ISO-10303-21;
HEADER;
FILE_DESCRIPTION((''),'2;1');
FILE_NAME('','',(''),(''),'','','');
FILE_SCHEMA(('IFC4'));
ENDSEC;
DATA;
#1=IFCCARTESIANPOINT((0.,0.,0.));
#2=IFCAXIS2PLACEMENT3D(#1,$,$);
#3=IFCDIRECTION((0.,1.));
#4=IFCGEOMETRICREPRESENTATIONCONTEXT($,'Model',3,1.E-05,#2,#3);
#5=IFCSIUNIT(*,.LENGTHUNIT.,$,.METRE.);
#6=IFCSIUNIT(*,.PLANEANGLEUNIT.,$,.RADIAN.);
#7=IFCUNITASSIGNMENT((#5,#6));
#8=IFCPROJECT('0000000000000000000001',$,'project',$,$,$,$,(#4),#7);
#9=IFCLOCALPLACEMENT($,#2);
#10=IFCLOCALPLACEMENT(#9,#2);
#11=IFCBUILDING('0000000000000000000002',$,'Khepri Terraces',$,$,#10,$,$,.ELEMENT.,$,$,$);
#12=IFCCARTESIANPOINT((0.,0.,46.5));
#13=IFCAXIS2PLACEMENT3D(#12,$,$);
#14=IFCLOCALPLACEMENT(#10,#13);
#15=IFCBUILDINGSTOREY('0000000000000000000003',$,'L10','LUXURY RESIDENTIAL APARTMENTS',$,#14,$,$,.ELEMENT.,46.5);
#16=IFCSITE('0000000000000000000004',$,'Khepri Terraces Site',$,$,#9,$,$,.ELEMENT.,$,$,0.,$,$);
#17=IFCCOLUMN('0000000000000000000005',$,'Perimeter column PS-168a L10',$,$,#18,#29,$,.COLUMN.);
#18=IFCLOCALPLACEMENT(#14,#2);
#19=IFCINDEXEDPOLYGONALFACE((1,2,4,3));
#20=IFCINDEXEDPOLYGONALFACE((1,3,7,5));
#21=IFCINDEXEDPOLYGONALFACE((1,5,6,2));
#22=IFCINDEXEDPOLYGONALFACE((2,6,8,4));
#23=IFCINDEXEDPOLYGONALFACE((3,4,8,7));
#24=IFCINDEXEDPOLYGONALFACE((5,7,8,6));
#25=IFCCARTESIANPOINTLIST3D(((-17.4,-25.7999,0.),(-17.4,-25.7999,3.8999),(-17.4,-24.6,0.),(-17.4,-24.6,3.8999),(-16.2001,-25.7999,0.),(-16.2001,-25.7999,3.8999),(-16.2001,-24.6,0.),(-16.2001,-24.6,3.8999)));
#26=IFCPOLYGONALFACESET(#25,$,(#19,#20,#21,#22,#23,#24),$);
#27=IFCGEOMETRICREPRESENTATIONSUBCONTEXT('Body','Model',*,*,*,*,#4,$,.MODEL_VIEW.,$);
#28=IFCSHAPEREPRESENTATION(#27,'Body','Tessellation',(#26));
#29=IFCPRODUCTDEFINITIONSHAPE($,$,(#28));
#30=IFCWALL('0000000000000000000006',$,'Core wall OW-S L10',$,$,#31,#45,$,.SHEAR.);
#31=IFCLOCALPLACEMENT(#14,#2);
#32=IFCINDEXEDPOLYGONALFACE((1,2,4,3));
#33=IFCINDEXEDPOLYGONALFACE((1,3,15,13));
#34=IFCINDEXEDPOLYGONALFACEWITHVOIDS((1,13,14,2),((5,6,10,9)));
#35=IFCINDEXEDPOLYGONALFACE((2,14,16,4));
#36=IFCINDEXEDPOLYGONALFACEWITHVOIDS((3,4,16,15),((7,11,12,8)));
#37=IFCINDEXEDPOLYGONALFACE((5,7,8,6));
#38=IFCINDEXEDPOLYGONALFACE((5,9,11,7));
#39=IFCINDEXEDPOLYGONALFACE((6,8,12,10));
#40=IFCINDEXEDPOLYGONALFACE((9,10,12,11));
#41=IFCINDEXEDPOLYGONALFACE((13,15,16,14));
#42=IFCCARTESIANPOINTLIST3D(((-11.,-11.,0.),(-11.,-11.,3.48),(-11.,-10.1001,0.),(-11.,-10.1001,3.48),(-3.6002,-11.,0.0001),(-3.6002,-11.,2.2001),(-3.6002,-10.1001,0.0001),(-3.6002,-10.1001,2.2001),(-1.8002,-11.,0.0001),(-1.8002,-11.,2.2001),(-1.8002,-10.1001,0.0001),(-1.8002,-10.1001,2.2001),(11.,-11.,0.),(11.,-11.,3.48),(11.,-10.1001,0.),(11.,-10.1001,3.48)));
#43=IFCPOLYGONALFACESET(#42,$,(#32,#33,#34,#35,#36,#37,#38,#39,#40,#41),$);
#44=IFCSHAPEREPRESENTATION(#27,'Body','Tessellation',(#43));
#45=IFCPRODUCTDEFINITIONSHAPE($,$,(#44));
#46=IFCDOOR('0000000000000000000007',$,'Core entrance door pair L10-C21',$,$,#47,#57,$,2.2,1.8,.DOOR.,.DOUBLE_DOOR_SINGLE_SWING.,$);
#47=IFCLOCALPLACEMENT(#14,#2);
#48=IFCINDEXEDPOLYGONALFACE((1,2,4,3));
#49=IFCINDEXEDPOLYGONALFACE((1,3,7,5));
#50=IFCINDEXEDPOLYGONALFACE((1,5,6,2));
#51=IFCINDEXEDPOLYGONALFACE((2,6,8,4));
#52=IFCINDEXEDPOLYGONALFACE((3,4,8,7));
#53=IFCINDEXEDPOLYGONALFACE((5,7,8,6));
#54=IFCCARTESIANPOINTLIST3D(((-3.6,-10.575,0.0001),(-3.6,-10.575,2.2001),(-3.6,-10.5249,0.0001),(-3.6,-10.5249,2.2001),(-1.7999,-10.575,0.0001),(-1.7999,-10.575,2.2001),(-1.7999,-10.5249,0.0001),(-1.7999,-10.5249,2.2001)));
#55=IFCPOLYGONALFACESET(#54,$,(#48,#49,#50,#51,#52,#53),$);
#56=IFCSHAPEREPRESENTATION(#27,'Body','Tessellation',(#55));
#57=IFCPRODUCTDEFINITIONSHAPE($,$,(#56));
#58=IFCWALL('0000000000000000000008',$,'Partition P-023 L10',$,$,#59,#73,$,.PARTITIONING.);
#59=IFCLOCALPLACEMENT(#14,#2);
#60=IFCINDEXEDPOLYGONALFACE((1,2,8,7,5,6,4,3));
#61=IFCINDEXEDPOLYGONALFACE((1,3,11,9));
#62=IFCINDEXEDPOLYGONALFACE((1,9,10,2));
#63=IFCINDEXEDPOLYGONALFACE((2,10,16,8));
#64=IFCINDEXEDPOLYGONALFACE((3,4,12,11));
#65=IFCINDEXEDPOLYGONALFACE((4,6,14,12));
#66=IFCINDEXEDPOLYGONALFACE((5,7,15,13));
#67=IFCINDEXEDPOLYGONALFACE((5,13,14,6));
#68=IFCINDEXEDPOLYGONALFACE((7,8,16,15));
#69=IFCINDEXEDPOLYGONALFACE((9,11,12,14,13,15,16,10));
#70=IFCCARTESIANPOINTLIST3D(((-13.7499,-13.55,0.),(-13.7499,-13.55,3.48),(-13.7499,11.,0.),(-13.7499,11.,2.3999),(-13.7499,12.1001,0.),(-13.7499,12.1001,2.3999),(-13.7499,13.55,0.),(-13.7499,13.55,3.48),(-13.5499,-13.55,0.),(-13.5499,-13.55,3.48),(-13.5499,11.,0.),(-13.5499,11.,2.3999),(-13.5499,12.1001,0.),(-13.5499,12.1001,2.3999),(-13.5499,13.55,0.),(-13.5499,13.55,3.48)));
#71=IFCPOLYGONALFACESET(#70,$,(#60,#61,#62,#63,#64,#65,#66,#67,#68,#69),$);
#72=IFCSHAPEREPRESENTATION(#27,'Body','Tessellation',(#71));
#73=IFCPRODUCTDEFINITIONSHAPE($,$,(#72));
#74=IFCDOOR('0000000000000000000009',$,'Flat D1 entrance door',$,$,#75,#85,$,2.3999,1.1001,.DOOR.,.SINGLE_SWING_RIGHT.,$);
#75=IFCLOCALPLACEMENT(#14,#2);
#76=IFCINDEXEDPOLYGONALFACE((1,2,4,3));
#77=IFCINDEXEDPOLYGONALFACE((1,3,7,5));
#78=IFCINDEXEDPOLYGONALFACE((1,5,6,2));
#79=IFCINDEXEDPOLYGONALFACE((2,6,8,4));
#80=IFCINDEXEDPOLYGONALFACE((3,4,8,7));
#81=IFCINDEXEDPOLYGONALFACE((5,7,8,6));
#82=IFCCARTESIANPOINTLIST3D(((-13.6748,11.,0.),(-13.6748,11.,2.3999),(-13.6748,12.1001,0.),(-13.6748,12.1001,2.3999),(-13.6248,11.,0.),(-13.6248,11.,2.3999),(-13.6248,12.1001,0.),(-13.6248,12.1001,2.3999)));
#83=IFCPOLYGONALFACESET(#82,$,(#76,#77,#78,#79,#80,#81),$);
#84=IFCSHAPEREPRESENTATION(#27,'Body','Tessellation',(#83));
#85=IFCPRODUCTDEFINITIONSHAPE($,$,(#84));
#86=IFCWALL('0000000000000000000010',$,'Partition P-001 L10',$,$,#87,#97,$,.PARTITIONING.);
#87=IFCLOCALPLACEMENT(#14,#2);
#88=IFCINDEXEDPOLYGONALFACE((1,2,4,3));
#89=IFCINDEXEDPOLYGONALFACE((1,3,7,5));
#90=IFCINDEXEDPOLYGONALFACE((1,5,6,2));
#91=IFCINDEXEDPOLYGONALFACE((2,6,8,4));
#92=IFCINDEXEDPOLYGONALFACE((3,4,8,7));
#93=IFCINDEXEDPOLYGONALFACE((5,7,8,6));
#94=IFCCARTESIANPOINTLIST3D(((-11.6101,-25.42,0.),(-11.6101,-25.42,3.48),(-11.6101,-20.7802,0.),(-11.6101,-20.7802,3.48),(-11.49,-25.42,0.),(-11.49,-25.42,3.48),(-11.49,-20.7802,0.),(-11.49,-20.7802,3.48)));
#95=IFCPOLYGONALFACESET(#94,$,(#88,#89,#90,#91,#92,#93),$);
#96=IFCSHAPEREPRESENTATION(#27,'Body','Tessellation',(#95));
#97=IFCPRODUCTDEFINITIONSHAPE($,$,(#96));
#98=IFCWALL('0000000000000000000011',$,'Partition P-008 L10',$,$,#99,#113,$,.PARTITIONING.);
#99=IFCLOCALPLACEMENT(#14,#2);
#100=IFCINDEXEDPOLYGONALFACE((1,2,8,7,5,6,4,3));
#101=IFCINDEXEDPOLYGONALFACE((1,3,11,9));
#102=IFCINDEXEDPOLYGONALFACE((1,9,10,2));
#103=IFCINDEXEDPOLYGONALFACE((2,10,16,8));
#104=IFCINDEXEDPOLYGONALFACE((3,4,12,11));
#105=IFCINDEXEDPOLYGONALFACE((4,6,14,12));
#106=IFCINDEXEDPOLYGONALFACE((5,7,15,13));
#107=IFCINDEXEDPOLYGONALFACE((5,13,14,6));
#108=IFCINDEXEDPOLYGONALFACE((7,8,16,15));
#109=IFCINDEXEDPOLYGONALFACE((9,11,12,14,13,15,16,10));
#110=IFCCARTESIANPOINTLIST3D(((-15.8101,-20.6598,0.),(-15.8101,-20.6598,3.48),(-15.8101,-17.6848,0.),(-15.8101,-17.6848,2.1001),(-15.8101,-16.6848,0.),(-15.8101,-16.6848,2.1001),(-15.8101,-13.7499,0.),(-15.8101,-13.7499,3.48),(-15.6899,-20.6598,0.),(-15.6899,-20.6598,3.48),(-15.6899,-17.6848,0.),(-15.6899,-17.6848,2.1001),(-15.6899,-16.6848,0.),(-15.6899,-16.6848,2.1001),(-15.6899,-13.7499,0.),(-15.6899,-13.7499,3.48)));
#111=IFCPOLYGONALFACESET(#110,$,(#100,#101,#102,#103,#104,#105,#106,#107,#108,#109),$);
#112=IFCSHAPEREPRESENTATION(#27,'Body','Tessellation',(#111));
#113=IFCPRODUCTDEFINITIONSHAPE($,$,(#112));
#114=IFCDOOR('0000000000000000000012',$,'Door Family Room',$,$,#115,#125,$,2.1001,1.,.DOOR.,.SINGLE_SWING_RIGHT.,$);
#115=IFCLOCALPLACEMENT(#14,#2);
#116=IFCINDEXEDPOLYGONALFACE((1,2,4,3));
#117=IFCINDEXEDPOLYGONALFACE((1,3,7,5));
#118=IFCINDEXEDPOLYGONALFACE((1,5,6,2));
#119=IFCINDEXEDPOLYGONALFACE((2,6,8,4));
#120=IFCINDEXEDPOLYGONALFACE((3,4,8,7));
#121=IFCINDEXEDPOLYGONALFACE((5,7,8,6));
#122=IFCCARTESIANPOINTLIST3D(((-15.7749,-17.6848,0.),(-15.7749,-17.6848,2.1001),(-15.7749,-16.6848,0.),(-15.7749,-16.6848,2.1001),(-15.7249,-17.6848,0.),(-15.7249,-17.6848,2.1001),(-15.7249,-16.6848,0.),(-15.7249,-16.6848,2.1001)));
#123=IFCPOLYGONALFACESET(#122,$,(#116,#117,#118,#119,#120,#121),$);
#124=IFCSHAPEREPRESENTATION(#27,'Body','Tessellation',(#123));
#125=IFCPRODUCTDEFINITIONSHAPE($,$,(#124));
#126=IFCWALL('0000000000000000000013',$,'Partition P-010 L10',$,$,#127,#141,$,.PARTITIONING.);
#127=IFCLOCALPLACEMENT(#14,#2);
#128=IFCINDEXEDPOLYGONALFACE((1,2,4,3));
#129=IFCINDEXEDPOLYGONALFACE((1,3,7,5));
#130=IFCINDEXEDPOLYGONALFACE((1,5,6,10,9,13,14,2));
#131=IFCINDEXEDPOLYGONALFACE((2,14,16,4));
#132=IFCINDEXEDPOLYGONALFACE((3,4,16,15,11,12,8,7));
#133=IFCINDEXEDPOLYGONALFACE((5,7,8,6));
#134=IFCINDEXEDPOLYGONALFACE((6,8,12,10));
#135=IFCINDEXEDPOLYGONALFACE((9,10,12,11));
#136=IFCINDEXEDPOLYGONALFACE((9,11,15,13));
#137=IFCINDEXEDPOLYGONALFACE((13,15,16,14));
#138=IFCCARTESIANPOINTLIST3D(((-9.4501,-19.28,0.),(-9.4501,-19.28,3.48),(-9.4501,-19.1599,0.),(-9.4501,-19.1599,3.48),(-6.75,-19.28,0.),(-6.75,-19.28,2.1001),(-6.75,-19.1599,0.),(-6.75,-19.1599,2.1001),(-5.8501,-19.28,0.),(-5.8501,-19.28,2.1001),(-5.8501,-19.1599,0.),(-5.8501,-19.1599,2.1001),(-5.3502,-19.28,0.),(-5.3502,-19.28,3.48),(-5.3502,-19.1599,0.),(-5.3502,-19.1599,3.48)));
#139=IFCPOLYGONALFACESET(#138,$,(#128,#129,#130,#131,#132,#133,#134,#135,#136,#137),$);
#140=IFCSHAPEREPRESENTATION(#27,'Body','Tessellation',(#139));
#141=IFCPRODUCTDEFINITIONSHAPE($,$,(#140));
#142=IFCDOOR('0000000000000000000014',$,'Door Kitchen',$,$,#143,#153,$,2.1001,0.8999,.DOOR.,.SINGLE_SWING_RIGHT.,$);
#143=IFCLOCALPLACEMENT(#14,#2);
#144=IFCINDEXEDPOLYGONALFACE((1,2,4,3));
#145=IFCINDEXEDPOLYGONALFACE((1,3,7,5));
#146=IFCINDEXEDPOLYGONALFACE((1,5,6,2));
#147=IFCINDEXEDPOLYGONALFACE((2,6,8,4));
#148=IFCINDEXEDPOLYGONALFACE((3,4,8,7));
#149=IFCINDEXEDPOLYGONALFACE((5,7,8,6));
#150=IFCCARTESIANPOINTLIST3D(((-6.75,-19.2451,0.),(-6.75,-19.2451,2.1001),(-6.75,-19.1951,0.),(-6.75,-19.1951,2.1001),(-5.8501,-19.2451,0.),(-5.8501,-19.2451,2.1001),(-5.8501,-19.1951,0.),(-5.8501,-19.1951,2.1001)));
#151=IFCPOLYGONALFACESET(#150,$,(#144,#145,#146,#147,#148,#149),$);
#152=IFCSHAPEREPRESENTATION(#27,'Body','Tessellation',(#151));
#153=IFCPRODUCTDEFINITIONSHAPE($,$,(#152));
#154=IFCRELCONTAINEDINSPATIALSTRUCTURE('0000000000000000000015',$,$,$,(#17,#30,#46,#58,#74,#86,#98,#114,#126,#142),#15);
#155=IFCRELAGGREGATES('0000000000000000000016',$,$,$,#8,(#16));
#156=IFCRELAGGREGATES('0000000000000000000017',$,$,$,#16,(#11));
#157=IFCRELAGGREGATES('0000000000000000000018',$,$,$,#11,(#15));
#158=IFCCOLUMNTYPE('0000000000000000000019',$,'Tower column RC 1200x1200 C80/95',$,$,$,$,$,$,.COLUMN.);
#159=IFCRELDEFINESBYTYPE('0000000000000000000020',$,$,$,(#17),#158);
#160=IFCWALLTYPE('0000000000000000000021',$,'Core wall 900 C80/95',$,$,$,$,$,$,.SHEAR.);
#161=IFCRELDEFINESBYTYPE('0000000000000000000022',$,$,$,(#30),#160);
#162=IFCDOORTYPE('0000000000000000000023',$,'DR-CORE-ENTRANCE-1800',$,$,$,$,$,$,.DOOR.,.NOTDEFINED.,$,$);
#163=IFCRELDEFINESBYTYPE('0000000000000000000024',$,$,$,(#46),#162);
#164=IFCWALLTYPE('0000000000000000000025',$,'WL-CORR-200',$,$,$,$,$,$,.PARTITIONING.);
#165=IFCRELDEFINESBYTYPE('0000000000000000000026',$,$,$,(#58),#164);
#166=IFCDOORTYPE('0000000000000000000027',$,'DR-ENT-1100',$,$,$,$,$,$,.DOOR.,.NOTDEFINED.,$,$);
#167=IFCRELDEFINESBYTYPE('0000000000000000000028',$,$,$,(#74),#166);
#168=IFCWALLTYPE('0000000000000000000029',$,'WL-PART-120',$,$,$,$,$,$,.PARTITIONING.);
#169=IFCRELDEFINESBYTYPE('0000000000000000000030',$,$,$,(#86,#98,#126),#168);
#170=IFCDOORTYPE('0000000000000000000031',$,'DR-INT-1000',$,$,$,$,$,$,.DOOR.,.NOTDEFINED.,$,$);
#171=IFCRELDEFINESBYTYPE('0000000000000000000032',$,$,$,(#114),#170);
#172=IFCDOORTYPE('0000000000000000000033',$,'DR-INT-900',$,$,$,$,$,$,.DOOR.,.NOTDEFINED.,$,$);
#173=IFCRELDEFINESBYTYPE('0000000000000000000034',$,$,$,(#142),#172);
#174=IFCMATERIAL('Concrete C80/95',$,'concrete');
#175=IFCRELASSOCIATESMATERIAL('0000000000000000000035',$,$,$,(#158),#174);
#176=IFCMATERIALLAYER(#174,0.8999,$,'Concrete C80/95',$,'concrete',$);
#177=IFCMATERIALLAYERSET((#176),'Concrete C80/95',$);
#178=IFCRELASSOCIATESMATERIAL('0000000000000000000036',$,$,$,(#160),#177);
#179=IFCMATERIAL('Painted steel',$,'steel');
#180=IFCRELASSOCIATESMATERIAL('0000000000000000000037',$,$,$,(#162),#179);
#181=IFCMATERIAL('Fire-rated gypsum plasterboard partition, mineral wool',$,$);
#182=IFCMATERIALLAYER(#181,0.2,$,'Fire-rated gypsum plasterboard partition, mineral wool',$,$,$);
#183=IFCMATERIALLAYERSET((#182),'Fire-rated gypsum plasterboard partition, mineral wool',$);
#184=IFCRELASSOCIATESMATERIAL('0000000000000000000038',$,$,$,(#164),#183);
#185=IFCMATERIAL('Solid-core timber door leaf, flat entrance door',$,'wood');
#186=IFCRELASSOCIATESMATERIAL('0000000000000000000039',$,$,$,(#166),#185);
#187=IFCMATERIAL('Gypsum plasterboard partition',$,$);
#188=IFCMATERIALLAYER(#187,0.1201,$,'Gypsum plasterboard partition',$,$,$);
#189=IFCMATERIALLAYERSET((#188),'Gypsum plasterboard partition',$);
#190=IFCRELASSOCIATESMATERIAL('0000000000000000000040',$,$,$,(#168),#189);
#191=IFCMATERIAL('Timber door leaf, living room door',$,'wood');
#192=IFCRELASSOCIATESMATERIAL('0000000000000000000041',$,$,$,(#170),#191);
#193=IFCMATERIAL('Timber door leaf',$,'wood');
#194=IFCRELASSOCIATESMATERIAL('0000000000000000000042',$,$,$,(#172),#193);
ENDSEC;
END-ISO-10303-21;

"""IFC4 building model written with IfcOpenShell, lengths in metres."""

from ifc_helpers import new_model, si_unit, direction, frame, frame_2d, origin, origin_2d, place, context, subcontext, project, spatial, rectangle, extrude, material, layer, layer_set, material_profile, profile_set, type_object, element, fill, save


model = new_model("IFC4")

# Units and contexts
model_context = context("Model", 3, precision=1e-05, world=origin(), true_north=direction((0.0, 1.0)))
body_context = subcontext(model_context, "Body", "Model", "MODEL_VIEW")
ifc_project = project(units=[si_unit("LENGTHUNIT", "METRE"), si_unit("PLANEANGLEUNIT", "RADIAN")], contexts=[model_context])

# Site, building, storey
site_placement = place(None, origin())
site = spatial("IfcSite", under=ifc_project, at=site_placement, Name="Khepri Terraces Site", CompositionType="ELEMENT", RefElevation=0.0)
building_placement = place(site_placement, origin())
building = spatial("IfcBuilding", under=site, at=building_placement, Name="Khepri Terraces", CompositionType="ELEMENT")
storey_placement = place(building_placement, frame((0.0, 0.0, 46.5)))
storey = spatial("IfcBuildingStorey", under=building, at=storey_placement, Name="L10", Description="LUXURY RESIDENTIAL APARTMENTS", CompositionType="ELEMENT", Elevation=46.5)

# Column
ifc_material_1 = material(Name="Concrete C80/95", Category="concrete")
ifc_material_profile = material_profile(ifc_material_1, rectangle(XDim=1.2, YDim=1.2, at=origin_2d()), Name="Concrete C80/95", Category="concrete")
ifc_profile_set = profile_set([ifc_material_profile], Name="Concrete C80/95")
column_type = type_object("IfcColumnType", Name="Tower column RC 1200x1200 C80/95", PredefinedType="COLUMN", material=ifc_profile_set)
column_placement = place(storey_placement, frame((-16.8, -25.2, 0.0), z_axis=(0.0, 0.0, 1.0), x_axis=(1.0, 0.0, 0.0)))
element("IfcColumn", 1, at=column_placement, inside=storey, type_object=column_type, Name="Perimeter column PS-168a L10", PredefinedType="COLUMN", context=body_context, shape_type="SweptSolid", body=[
    extrude(rectangle(XDim=1.2, YDim=1.2, at=origin_2d()), origin(), (0.0, 0.0, 1.0), 3.8999),
])

# Walls, openings, doors
ifc_layer_1 = layer(ifc_material_1, 0.8999, Name="Concrete C80/95", Category="concrete")
ifc_layer_set_1 = layer_set([ifc_layer_1], Name="Concrete C80/95")
wall_type_1 = type_object("IfcWallType", Name="Core wall 900 C80/95", PredefinedType="SHEAR", material=ifc_layer_set_1)
wall_1_placement = place(storey_placement, frame((-11.0, -10.55, 0.0), z_axis=(0.0, 0.0, 1.0), x_axis=(1.0, 0.0, 0.0)))
wall_1 = element("IfcWall", 2, at=wall_1_placement, inside=storey, type_object=wall_type_1, Name="Core wall OW-S L10", PredefinedType="SHEAR", context=body_context, shape_type="SweptSolid", body=[
    extrude(rectangle(XDim=22.0, YDim=0.8999, at=frame_2d((11.0, 0.0))), origin(), (0.0, 0.0, 1.0), 3.48),
])
opening_1_placement = place(wall_1_placement, frame((7.3999, 0.0, 0.0)))
opening_1 = element("IfcOpeningElement", 3, at=opening_1_placement, cuts=wall_1, PredefinedType="OPENING", context=body_context, shape_type="SweptSolid", body=[
    extrude(rectangle(XDim=1.8, YDim=2.2, at=frame_2d((0.8999, 1.1001))), frame((0.0, 0.46, 0.0), z_axis=(0.0, -1.0, 0.0), x_axis=(1.0, 0.0, 0.0)), (0.0, 0.0, 1.0), 0.9199),
])
ifc_material_2 = material(Name="Painted steel", Category="steel")
door_type_1 = type_object("IfcDoorType", Name="DR-CORE-ENTRANCE-1800", OperationType="NOTDEFINED", PredefinedType="DOOR", material=ifc_material_2)
door_1_placement = place(opening_1_placement, frame((1.8, 0.0, 0.0), z_axis=(0.0, 0.0, 1.0), x_axis=(-1.0, 0.0, 0.0)))
door_1 = element("IfcDoor", 4, at=door_1_placement, inside=storey, type_object=door_type_1, Name="Core entrance door pair L10-C21", OperationType="DOUBLE_DOOR_SINGLE_SWING", OverallHeight=2.2, OverallWidth=1.8, PredefinedType="DOOR", context=body_context, shape_type="SweptSolid", body=[
    extrude(rectangle(XDim=1.8, YDim=2.2, at=frame_2d((0.8999, 1.1001))), frame((0.0, 0.0249, 0.0), z_axis=(0.0, -1.0, 0.0), x_axis=(1.0, 0.0, 0.0)), (0.0, 0.0, 1.0), 0.05),
])
fill(opening_1, door_1)
ifc_material_3 = material(Name="Fire-rated gypsum plasterboard partition, mineral wool")
ifc_layer_2 = layer(ifc_material_3, 0.2, Name="Fire-rated gypsum plasterboard partition, mineral wool")
ifc_layer_set_2 = layer_set([ifc_layer_2], Name="Fire-rated gypsum plasterboard partition, mineral wool")
wall_type_2 = type_object("IfcWallType", Name="WL-CORR-200", PredefinedType="PARTITIONING", material=ifc_layer_set_2)
wall_2_placement = place(storey_placement, frame((-13.6499, -13.55, 0.0), z_axis=(0.0, 0.0, 1.0), x_axis=(0.0, 1.0, 0.0)))
wall_2 = element("IfcWall", 5, at=wall_2_placement, inside=storey, type_object=wall_type_2, Name="Partition P-023 L10", PredefinedType="PARTITIONING", context=body_context, shape_type="SweptSolid", body=[
    extrude(rectangle(XDim=27.1001, YDim=0.2, at=frame_2d((13.55, 0.0))), origin(), (0.0, 0.0, 1.0), 3.48),
])
opening_2_placement = place(wall_2_placement, frame((24.55, 0.0, 0.0)))
opening_2 = element("IfcOpeningElement", 6, at=opening_2_placement, cuts=wall_2, PredefinedType="OPENING", context=body_context, shape_type="SweptSolid", body=[
    extrude(rectangle(XDim=1.1001, YDim=2.3999, at=frame_2d((0.55, 1.2))), frame((0.0, 0.1099, 0.0), z_axis=(0.0, -1.0, 0.0), x_axis=(1.0, 0.0, 0.0)), (0.0, 0.0, 1.0), 0.22),
])
ifc_material_4 = material(Name="Solid-core timber door leaf, flat entrance door", Category="wood")
door_type_2 = type_object("IfcDoorType", Name="DR-ENT-1100", OperationType="NOTDEFINED", PredefinedType="DOOR", material=ifc_material_4)
door_2_placement = place(opening_2_placement, origin())
door_2 = element("IfcDoor", 7, at=door_2_placement, inside=storey, type_object=door_type_2, Name="Flat D1 entrance door", OperationType="SINGLE_SWING_RIGHT", OverallHeight=2.3999, OverallWidth=1.1001, PredefinedType="DOOR", context=body_context, shape_type="SweptSolid", body=[
    extrude(rectangle(XDim=1.1001, YDim=2.3999, at=frame_2d((0.55, 1.2))), frame((0.0, 0.0249, 0.0), z_axis=(0.0, -1.0, 0.0), x_axis=(1.0, 0.0, 0.0)), (0.0, 0.0, 1.0), 0.05),
])
fill(opening_2, door_2)

# Wall
ifc_material_5 = material(Name="Gypsum plasterboard partition")
ifc_layer_3 = layer(ifc_material_5, 0.1201, Name="Gypsum plasterboard partition")
ifc_layer_set_3 = layer_set([ifc_layer_3], Name="Gypsum plasterboard partition")
wall_type_3 = type_object("IfcWallType", Name="WL-PART-120", PredefinedType="PARTITIONING", material=ifc_layer_set_3)
wall_3_placement = place(storey_placement, frame((-11.55, -25.4199, 0.0), z_axis=(0.0, 0.0, 1.0), x_axis=(0.0, 1.0, 0.0)))
element("IfcWall", 8, at=wall_3_placement, inside=storey, type_object=wall_type_3, Name="Partition P-001 L10", PredefinedType="PARTITIONING", context=body_context, shape_type="SweptSolid", body=[
    extrude(rectangle(XDim=4.6399, YDim=0.1201, at=frame_2d((2.3198, 0.0))), origin(), (0.0, 0.0, 1.0), 3.48),
])

# Walls, openings, doors
wall_4_placement = place(storey_placement, frame((-15.75, -20.6599, 0.0), z_axis=(0.0, 0.0, 1.0), x_axis=(0.0, 1.0, 0.0)))
wall_4 = element("IfcWall", 9, at=wall_4_placement, inside=storey, type_object=wall_type_3, Name="Partition P-008 L10", PredefinedType="PARTITIONING", context=body_context, shape_type="SweptSolid", body=[
    extrude(rectangle(XDim=6.9099, YDim=0.1201, at=frame_2d((3.4551, 0.0))), origin(), (0.0, 0.0, 1.0), 3.48),
])
opening_3_placement = place(wall_4_placement, frame((2.9751, 0.0, 0.0)))
opening_3 = element("IfcOpeningElement", 10, at=opening_3_placement, cuts=wall_4, PredefinedType="OPENING", context=body_context, shape_type="SweptSolid", body=[
    extrude(rectangle(XDim=1.0, YDim=2.1001, at=frame_2d((0.5, 1.05))), frame((0.0, 0.0701, 0.0), z_axis=(0.0, -1.0, 0.0), x_axis=(1.0, 0.0, 0.0)), (0.0, 0.0, 1.0), 0.1401),
])
ifc_material_6 = material(Name="Timber door leaf, living room door", Category="wood")
door_type_3 = type_object("IfcDoorType", Name="DR-INT-1000", OperationType="NOTDEFINED", PredefinedType="DOOR", material=ifc_material_6)
door_3_placement = place(opening_3_placement, origin())
door_3 = element("IfcDoor", 11, at=door_3_placement, inside=storey, type_object=door_type_3, Name="Door Family Room", OperationType="SINGLE_SWING_RIGHT", OverallHeight=2.1001, OverallWidth=1.0, PredefinedType="DOOR", context=body_context, shape_type="SweptSolid", body=[
    extrude(rectangle(XDim=1.0, YDim=2.1001, at=frame_2d((0.5, 1.05))), frame((0.0, 0.0249, 0.0), z_axis=(0.0, -1.0, 0.0), x_axis=(1.0, 0.0, 0.0)), (0.0, 0.0, 1.0), 0.05),
])
fill(opening_3, door_3)
wall_5_placement = place(storey_placement, frame((-9.45, -19.22, 0.0), z_axis=(0.0, 0.0, 1.0), x_axis=(1.0, 0.0, 0.0)))
wall_5 = element("IfcWall", 12, at=wall_5_placement, inside=storey, type_object=wall_type_3, Name="Partition P-010 L10", PredefinedType="PARTITIONING", context=body_context, shape_type="SweptSolid", body=[
    extrude(rectangle(XDim=4.0999, YDim=0.1201, at=frame_2d((2.0498, 0.0))), origin(), (0.0, 0.0, 1.0), 3.48),
])
opening_4_placement = place(wall_5_placement, frame((2.7, 0.0, 0.0)))
opening_4 = element("IfcOpeningElement", 13, at=opening_4_placement, cuts=wall_5, PredefinedType="OPENING", context=body_context, shape_type="SweptSolid", body=[
    extrude(rectangle(XDim=0.8999, YDim=2.1001, at=frame_2d((0.45, 1.05))), frame((0.0, 0.0701, 0.0), z_axis=(0.0, -1.0, 0.0), x_axis=(1.0, 0.0, 0.0)), (0.0, 0.0, 1.0), 0.1401),
])
ifc_material_7 = material(Name="Timber door leaf", Category="wood")
door_type_4 = type_object("IfcDoorType", Name="DR-INT-900", OperationType="NOTDEFINED", PredefinedType="DOOR", material=ifc_material_7)
door_4_placement = place(opening_4_placement, origin())
door_4 = element("IfcDoor", 14, at=door_4_placement, inside=storey, type_object=door_type_4, Name="Door Kitchen", OperationType="SINGLE_SWING_RIGHT", OverallHeight=2.1001, OverallWidth=0.8999, PredefinedType="DOOR", context=body_context, shape_type="SweptSolid", body=[
    extrude(rectangle(XDim=0.8999, YDim=2.1001, at=frame_2d((0.45, 1.05))), frame((0.0, 0.0249, 0.0), z_axis=(0.0, -1.0, 0.0), x_axis=(1.0, 0.0, 0.0)), (0.0, 0.0, 1.0), 0.05),
])
fill(opening_4, door_4)

save(model, "model.ifc")
